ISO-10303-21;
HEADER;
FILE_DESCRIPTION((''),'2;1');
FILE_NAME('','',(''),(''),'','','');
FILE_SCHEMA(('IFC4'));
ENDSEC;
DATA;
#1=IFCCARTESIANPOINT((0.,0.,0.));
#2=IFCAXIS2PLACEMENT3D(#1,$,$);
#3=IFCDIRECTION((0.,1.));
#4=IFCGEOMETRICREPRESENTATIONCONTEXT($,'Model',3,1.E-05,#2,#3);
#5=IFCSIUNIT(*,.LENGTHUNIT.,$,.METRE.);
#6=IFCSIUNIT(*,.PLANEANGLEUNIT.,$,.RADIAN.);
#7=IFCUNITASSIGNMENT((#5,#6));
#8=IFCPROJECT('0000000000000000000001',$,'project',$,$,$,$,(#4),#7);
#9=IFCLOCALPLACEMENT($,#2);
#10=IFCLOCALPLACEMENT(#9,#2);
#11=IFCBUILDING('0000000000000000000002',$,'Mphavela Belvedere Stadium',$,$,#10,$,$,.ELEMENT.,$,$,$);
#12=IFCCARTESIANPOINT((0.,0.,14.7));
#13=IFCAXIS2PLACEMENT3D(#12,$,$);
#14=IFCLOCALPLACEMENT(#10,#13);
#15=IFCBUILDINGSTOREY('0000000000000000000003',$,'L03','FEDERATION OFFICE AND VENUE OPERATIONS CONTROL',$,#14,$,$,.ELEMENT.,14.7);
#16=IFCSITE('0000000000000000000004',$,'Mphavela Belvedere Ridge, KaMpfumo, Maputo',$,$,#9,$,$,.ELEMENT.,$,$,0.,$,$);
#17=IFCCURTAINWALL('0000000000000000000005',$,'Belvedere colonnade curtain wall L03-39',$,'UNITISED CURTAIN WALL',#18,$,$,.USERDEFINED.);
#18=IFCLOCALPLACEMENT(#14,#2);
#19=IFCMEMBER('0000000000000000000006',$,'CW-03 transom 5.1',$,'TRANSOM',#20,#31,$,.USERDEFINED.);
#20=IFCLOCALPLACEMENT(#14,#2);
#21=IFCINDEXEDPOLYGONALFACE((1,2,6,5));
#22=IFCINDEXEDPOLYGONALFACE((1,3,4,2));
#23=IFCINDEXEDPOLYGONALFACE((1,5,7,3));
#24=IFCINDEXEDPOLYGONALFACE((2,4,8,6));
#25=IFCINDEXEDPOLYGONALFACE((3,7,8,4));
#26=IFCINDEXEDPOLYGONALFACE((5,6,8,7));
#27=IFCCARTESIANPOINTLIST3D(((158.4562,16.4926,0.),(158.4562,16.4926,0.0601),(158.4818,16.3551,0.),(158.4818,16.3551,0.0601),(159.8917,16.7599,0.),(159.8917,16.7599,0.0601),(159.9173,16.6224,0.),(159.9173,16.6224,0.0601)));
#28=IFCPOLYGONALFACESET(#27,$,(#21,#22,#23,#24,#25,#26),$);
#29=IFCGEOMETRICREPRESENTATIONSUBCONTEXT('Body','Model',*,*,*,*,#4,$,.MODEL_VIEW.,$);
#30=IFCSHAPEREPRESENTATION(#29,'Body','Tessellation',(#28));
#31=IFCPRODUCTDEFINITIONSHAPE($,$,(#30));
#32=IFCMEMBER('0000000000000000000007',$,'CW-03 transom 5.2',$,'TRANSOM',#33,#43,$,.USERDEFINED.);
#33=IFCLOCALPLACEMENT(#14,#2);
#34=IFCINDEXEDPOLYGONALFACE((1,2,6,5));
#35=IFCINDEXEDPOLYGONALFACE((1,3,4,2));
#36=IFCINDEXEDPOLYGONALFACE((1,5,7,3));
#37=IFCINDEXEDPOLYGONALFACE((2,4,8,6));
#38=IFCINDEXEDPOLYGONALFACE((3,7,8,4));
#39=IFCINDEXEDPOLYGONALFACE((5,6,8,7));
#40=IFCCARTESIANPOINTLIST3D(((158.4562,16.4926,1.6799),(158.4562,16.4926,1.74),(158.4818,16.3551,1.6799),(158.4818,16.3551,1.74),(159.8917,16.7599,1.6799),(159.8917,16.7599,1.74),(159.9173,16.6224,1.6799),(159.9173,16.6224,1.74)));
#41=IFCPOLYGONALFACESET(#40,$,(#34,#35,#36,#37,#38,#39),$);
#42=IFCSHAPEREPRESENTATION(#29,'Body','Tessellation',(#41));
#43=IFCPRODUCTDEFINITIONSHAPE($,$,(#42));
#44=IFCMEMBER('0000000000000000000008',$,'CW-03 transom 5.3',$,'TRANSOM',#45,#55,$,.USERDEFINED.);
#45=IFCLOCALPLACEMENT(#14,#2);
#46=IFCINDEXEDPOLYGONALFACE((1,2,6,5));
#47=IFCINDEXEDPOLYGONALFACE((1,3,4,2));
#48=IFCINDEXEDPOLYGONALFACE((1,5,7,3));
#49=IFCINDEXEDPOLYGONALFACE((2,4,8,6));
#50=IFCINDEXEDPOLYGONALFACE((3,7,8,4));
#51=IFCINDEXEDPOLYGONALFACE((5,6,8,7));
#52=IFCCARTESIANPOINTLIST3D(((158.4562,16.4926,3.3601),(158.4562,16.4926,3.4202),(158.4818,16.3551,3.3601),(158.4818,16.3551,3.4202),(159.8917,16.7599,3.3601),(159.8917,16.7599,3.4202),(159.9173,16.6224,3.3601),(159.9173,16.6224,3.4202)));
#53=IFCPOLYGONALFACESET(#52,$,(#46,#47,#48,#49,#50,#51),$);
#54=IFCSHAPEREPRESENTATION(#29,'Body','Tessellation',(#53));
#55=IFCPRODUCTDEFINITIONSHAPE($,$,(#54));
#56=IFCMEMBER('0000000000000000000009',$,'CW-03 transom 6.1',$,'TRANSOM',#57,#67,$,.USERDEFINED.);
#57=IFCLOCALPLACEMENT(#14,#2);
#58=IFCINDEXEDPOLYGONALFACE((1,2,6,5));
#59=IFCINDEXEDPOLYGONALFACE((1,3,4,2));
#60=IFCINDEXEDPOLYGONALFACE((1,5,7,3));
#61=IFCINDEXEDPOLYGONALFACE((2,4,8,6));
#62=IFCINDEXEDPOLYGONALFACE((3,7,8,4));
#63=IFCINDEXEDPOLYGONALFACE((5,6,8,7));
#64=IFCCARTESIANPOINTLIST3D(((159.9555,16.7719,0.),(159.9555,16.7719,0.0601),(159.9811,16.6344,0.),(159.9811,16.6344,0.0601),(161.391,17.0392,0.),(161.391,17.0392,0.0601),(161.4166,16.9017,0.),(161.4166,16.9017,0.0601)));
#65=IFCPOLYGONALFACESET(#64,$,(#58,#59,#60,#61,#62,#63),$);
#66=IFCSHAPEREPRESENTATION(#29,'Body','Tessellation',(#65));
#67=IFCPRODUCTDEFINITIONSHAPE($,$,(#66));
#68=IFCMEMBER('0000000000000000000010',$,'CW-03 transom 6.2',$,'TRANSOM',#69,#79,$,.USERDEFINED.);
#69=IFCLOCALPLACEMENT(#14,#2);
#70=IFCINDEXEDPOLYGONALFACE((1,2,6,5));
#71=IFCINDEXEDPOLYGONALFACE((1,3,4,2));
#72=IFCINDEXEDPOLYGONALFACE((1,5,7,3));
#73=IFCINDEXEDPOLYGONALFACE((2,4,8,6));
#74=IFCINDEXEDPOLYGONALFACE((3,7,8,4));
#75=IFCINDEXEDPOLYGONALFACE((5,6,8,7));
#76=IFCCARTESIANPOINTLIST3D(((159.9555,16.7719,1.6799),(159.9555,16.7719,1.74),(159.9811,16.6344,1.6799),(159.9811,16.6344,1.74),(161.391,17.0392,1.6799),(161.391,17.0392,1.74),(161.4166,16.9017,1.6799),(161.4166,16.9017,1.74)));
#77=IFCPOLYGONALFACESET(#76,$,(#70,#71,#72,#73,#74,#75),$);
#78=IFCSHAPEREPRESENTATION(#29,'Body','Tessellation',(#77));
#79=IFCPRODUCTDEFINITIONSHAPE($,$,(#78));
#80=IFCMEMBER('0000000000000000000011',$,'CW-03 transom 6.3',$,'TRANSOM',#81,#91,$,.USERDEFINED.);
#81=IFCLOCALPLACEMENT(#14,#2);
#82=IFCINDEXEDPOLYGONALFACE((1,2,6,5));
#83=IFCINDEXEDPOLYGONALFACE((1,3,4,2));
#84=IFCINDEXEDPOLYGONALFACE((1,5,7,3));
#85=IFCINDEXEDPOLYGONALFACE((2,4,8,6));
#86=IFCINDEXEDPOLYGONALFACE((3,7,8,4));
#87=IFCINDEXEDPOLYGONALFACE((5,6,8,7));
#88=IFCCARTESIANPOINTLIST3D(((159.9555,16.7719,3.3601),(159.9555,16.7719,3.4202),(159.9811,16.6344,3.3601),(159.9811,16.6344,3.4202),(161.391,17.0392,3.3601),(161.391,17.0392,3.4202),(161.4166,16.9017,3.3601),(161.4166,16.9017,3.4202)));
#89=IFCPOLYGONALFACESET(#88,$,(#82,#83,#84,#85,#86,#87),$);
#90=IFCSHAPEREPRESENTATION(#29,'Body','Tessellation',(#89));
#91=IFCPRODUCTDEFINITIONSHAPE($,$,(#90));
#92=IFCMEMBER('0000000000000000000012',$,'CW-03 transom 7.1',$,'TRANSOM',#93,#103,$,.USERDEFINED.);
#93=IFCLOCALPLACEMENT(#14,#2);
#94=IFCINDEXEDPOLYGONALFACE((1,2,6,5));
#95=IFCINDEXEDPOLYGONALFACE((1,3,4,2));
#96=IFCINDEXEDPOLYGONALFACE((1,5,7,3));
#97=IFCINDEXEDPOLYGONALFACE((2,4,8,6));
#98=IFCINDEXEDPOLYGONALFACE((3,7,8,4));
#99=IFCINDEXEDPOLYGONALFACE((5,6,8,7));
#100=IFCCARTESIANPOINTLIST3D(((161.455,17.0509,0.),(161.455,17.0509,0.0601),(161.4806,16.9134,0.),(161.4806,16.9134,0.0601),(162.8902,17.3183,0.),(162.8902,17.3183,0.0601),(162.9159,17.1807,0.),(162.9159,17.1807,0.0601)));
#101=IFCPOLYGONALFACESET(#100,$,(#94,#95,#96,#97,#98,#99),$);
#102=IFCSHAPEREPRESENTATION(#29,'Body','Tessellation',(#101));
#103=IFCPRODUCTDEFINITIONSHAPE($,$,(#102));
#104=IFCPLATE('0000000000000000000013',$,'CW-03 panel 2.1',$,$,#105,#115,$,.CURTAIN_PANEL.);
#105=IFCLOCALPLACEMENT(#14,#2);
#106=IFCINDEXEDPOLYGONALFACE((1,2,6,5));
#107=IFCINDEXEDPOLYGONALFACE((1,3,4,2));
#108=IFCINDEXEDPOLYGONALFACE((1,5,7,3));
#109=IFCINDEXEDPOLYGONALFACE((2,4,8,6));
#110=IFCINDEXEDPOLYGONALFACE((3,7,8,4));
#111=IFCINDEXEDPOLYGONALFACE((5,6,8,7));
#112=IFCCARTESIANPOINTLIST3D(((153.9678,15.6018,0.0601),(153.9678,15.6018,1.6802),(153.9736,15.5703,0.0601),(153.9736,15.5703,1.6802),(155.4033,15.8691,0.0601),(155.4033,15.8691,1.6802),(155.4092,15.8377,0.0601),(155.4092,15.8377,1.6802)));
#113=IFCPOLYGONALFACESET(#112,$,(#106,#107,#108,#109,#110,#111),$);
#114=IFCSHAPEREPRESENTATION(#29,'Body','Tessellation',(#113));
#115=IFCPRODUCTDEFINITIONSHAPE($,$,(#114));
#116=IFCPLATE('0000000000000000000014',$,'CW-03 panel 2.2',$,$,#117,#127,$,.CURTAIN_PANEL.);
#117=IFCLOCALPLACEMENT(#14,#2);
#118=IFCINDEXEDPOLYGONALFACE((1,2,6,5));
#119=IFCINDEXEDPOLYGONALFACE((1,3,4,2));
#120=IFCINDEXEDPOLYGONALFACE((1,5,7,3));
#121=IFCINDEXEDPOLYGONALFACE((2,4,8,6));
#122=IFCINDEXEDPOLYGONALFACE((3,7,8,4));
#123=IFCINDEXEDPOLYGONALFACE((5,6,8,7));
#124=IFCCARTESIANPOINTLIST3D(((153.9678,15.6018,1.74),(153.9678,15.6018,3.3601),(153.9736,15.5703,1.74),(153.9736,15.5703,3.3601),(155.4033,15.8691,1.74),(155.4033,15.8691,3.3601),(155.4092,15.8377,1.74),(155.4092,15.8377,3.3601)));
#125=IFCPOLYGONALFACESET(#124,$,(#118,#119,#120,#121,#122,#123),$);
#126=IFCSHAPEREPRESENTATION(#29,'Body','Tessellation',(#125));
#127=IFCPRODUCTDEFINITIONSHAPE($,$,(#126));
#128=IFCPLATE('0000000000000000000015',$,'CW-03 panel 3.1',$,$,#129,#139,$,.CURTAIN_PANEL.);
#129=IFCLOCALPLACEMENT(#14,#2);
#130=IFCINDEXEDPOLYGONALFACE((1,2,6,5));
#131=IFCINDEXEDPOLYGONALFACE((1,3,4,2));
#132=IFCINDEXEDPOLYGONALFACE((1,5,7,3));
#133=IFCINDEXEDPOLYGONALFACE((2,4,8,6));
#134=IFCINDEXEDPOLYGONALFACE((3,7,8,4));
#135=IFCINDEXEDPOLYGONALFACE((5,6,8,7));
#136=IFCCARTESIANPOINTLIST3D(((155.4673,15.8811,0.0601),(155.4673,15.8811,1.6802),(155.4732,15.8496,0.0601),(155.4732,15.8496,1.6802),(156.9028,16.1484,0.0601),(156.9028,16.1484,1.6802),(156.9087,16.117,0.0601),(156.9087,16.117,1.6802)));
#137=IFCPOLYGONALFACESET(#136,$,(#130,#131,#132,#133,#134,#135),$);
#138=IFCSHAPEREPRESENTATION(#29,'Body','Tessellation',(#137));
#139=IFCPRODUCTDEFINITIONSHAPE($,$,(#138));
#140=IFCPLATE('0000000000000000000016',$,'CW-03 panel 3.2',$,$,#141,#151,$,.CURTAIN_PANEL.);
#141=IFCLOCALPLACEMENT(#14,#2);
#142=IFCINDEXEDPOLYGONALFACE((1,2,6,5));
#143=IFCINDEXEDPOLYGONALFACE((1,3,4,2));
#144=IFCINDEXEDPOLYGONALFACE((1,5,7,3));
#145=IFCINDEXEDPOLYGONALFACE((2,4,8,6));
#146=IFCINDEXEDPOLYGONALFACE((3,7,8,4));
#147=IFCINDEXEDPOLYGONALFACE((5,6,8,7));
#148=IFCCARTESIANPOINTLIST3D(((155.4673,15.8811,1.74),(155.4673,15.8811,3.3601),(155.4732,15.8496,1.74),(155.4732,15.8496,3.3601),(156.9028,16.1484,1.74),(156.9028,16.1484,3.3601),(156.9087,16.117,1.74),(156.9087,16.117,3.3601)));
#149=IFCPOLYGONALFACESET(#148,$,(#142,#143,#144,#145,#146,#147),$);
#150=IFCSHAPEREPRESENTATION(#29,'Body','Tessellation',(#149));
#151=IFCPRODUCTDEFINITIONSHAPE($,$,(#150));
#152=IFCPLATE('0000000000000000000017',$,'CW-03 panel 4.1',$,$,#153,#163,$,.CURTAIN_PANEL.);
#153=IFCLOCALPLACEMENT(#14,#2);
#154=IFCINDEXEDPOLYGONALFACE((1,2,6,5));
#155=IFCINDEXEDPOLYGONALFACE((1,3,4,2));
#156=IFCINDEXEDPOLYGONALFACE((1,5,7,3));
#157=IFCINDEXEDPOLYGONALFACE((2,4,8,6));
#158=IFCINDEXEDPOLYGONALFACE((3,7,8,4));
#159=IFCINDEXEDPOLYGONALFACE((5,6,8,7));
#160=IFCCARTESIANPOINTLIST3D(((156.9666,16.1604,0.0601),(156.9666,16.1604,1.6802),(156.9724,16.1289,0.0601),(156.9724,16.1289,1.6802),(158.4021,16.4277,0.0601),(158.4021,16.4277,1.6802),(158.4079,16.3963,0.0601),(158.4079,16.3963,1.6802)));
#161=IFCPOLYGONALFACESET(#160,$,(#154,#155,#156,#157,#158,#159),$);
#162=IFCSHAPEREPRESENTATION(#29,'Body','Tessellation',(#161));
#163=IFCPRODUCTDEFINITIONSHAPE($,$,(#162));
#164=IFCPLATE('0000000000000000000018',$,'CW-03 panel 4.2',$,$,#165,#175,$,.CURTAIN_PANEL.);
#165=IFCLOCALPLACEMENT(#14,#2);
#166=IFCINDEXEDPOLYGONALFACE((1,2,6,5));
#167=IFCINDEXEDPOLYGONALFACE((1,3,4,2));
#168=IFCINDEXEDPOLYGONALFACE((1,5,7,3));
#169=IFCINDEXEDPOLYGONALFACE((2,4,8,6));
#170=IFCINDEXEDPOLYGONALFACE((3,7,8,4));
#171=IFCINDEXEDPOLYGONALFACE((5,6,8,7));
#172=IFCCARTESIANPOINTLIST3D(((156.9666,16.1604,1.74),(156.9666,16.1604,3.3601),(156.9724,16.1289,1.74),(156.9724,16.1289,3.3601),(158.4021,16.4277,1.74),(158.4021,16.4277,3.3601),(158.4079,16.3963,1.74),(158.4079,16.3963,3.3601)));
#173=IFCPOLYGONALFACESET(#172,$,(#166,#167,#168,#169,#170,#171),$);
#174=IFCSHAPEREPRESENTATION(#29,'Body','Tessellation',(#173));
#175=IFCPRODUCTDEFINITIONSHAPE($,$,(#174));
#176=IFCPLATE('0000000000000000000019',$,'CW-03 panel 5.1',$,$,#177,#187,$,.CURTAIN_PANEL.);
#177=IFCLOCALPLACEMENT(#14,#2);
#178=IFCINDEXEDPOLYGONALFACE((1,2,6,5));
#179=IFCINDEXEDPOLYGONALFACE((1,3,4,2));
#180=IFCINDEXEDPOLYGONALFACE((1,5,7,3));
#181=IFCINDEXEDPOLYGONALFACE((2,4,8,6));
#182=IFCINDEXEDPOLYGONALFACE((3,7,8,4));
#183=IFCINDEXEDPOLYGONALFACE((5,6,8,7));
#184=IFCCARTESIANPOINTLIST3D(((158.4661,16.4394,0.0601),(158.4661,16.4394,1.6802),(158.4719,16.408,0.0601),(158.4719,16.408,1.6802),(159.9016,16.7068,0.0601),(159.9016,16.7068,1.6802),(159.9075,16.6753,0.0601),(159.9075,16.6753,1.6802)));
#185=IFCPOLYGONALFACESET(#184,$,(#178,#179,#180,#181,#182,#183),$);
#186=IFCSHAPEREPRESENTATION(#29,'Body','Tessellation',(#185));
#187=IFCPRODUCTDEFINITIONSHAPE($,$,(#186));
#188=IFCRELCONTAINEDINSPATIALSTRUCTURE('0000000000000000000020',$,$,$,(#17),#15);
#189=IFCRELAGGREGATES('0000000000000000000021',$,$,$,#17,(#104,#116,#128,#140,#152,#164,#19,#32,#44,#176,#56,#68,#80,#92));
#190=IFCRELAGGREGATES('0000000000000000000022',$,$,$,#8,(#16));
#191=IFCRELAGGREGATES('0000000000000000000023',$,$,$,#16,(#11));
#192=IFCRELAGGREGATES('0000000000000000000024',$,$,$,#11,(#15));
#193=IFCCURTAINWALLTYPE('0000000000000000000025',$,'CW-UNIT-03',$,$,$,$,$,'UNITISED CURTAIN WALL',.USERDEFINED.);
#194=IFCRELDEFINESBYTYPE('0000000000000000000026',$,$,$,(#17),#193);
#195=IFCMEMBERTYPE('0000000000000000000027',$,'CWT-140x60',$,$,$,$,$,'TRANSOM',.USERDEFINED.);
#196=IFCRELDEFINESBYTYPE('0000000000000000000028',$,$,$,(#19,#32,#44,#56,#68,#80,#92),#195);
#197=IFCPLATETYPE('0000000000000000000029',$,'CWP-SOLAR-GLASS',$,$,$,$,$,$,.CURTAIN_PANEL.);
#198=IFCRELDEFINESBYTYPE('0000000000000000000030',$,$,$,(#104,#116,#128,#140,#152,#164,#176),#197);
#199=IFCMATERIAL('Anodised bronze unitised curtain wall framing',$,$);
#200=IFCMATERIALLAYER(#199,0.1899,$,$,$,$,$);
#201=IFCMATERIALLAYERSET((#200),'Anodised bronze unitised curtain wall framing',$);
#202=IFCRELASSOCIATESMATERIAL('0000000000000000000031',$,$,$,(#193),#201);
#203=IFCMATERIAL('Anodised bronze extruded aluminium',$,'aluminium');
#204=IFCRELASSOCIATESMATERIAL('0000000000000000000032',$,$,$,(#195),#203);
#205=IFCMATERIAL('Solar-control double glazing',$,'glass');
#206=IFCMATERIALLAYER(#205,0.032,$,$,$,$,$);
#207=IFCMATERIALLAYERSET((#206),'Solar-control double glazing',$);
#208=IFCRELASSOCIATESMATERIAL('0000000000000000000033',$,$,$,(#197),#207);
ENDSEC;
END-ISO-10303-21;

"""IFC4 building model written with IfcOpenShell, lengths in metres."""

from ifc_helpers import new_model, si_unit, direction, frame, origin, origin_2d, place, context, subcontext, project, spatial, rectangle, extrude, material, layer, layer_set, material_profile, profile_set, type_object, element, aggregate, save


model = new_model("IFC4")

# Units and contexts
model_context = context("Model", 3, precision=1e-05, world=origin(), true_north=direction((0.0, 1.0)))
body_context = subcontext(model_context, "Body", "Model", "MODEL_VIEW")
ifc_project = project(units=[si_unit("LENGTHUNIT", "METRE"), si_unit("PLANEANGLEUNIT", "RADIAN")], contexts=[model_context])

# Site, building, storey
site_placement = place(None, origin())
site = spatial("IfcSite", under=ifc_project, at=site_placement, Name="Mphavela Belvedere Ridge, KaMpfumo, Maputo", CompositionType="ELEMENT", RefElevation=0.0)
building_placement = place(site_placement, origin())
building = spatial("IfcBuilding", under=site, at=building_placement, Name="Mphavela Belvedere Stadium", CompositionType="ELEMENT")
storey_placement = place(building_placement, frame((0.0, 0.0, 14.7)))
storey = spatial("IfcBuildingStorey", under=building, at=storey_placement, Name="L03", Description="FEDERATION OFFICE AND VENUE OPERATIONS CONTROL", CompositionType="ELEMENT", Elevation=14.7)

# Curtain wall, members, plates
ifc_material_1 = material(Name="Anodised bronze unitised curtain wall framing")
ifc_layer_1 = layer(ifc_material_1, 0.1899)
ifc_layer_set_1 = layer_set([ifc_layer_1], Name="Anodised bronze unitised curtain wall framing")
curtain_wall_type = type_object("IfcCurtainWallType", Name="CW-UNIT-03", ElementType="UNITISED CURTAIN WALL", PredefinedType="USERDEFINED", material=ifc_layer_set_1)
curtain_wall_placement = place(storey_placement, origin())
curtain_wall = element("IfcCurtainWall", 1, at=curtain_wall_placement, inside=storey, type_object=curtain_wall_type, Name="Belvedere colonnade curtain wall L03-39", ObjectType="UNITISED CURTAIN WALL", PredefinedType="USERDEFINED")
ifc_material_2 = material(Name="Anodised bronze extruded aluminium", Category="aluminium")
ifc_material_profile_1 = material_profile(ifc_material_2, rectangle(XDim=0.1399, YDim=0.0601, at=origin_2d()), Name="CW-TRN 140x60")
ifc_profile_set_1 = profile_set([ifc_material_profile_1], Name="Anodised bronze extruded aluminium")
member_type_1 = type_object("IfcMemberType", Name="CWT-140x60", ElementType="TRANSOM", PredefinedType="USERDEFINED", material=ifc_profile_set_1)
member_1_placement = place(storey_placement, frame((158.469, 16.4238, 0.03), z_axis=(0.983099, 0.183077, 0.0), x_axis=(-0.183077, 0.983099, 0.0)))
member_1 = element("IfcMember", 2, at=member_1_placement, type_object=member_type_1, Name="CW-03 transom 5.1", ObjectType="TRANSOM", PredefinedType="USERDEFINED", context=body_context, shape_type="SweptSolid", body=[
    extrude(rectangle(XDim=0.1399, YDim=0.0601, at=origin_2d()), origin(), (0.0, 0.0, 1.0), 1.4602),
])
member_2_placement = place(storey_placement, frame((158.469, 16.4238, 1.71), z_axis=(0.983099, 0.183077, 0.0), x_axis=(-0.183077, 0.983099, 0.0)))
member_2 = element("IfcMember", 3, at=member_2_placement, type_object=member_type_1, Name="CW-03 transom 5.2", ObjectType="TRANSOM", PredefinedType="USERDEFINED", context=body_context, shape_type="SweptSolid", body=[
    extrude(rectangle(XDim=0.1399, YDim=0.0601, at=origin_2d()), origin(), (0.0, 0.0, 1.0), 1.4602),
])
member_3_placement = place(storey_placement, frame((158.469, 16.4238, 3.3901), z_axis=(0.983099, 0.183077, 0.0), x_axis=(-0.183077, 0.983099, 0.0)))
member_3 = element("IfcMember", 4, at=member_3_placement, type_object=member_type_1, Name="CW-03 transom 5.3", ObjectType="TRANSOM", PredefinedType="USERDEFINED", context=body_context, shape_type="SweptSolid", body=[
    extrude(rectangle(XDim=0.1399, YDim=0.0601, at=origin_2d()), origin(), (0.0, 0.0, 1.0), 1.4602),
])
member_4_placement = place(storey_placement, frame((159.9683, 16.7031, 0.03), z_axis=(0.983099, 0.183077, 0.0), x_axis=(-0.183077, 0.983099, 0.0)))
member_4 = element("IfcMember", 5, at=member_4_placement, type_object=member_type_1, Name="CW-03 transom 6.1", ObjectType="TRANSOM", PredefinedType="USERDEFINED", context=body_context, shape_type="SweptSolid", body=[
    extrude(rectangle(XDim=0.1399, YDim=0.0601, at=origin_2d()), origin(), (0.0, 0.0, 1.0), 1.4602),
])
member_5_placement = place(storey_placement, frame((159.9683, 16.7031, 1.71), z_axis=(0.983099, 0.183077, 0.0), x_axis=(-0.183077, 0.983099, 0.0)))
member_5 = element("IfcMember", 6, at=member_5_placement, type_object=member_type_1, Name="CW-03 transom 6.2", ObjectType="TRANSOM", PredefinedType="USERDEFINED", context=body_context, shape_type="SweptSolid", body=[
    extrude(rectangle(XDim=0.1399, YDim=0.0601, at=origin_2d()), origin(), (0.0, 0.0, 1.0), 1.4602),
])
member_6_placement = place(storey_placement, frame((159.9683, 16.7031, 3.3901), z_axis=(0.983099, 0.183077, 0.0), x_axis=(-0.183077, 0.983099, 0.0)))
member_6 = element("IfcMember", 7, at=member_6_placement, type_object=member_type_1, Name="CW-03 transom 6.3", ObjectType="TRANSOM", PredefinedType="USERDEFINED", context=body_context, shape_type="SweptSolid", body=[
    extrude(rectangle(XDim=0.1399, YDim=0.0601, at=origin_2d()), origin(), (0.0, 0.0, 1.0), 1.4602),
])
member_7_placement = place(storey_placement, frame((161.4678, 16.9822, 0.03), z_axis=(0.983093, 0.183107, 0.0), x_axis=(-0.183107, 0.983093, 0.0)))
member_7 = element("IfcMember", 8, at=member_7_placement, type_object=member_type_1, Name="CW-03 transom 7.1", ObjectType="TRANSOM", PredefinedType="USERDEFINED", context=body_context, shape_type="SweptSolid", body=[
    extrude(rectangle(XDim=0.1399, YDim=0.0601, at=origin_2d()), origin(), (0.0, 0.0, 1.0), 1.46),
])
ifc_material_3 = material(Name="Solar-control double glazing", Category="glass")
ifc_layer_2 = layer(ifc_material_3, 0.032)
ifc_layer_set_2 = layer_set([ifc_layer_2], Name="Solar-control double glazing")
plate_type = type_object("IfcPlateType", Name="CWP-SOLAR-GLASS", PredefinedType="CURTAIN_PANEL", material=ifc_layer_set_2)
plate_1_placement = place(storey_placement, frame((154.6885, 15.7197, 0.0601), z_axis=(0.0, 0.0, 1.0), x_axis=(0.983097, 0.183088, 0.0)))
plate_1 = element("IfcPlate", 9, at=plate_1_placement, type_object=plate_type, Name="CW-03 panel 2.1", PredefinedType="CURTAIN_PANEL", context=body_context, shape_type="SweptSolid", body=[
    extrude(rectangle(XDim=1.4602, YDim=0.032, at=origin_2d()), origin(), (0.0, 0.0, 1.0), 1.6201),
])
plate_2_placement = place(storey_placement, frame((154.6885, 15.7197, 1.74), z_axis=(0.0, 0.0, 1.0), x_axis=(0.983097, 0.183088, 0.0)))
plate_2 = element("IfcPlate", 10, at=plate_2_placement, type_object=plate_type, Name="CW-03 panel 2.2", PredefinedType="CURTAIN_PANEL", context=body_context, shape_type="SweptSolid", body=[
    extrude(rectangle(XDim=1.4602, YDim=0.032, at=origin_2d()), origin(), (0.0, 0.0, 1.0), 1.6201),
])
plate_3_placement = place(storey_placement, frame((156.188, 15.999, 0.0601), z_axis=(0.0, 0.0, 1.0), x_axis=(0.983097, 0.183088, 0.0)))
plate_3 = element("IfcPlate", 11, at=plate_3_placement, type_object=plate_type, Name="CW-03 panel 3.1", PredefinedType="CURTAIN_PANEL", context=body_context, shape_type="SweptSolid", body=[
    extrude(rectangle(XDim=1.4602, YDim=0.032, at=origin_2d()), origin(), (0.0, 0.0, 1.0), 1.6201),
])
plate_4_placement = place(storey_placement, frame((156.188, 15.999, 1.74), z_axis=(0.0, 0.0, 1.0), x_axis=(0.983097, 0.183088, 0.0)))
plate_4 = element("IfcPlate", 12, at=plate_4_placement, type_object=plate_type, Name="CW-03 panel 3.2", PredefinedType="CURTAIN_PANEL", context=body_context, shape_type="SweptSolid", body=[
    extrude(rectangle(XDim=1.4602, YDim=0.032, at=origin_2d()), origin(), (0.0, 0.0, 1.0), 1.6201),
])
plate_5_placement = place(storey_placement, frame((157.6873, 16.2783, 0.0601), z_axis=(0.0, 0.0, 1.0), x_axis=(0.983097, 0.183088, 0.0)))
plate_5 = element("IfcPlate", 13, at=plate_5_placement, type_object=plate_type, Name="CW-03 panel 4.1", PredefinedType="CURTAIN_PANEL", context=body_context, shape_type="SweptSolid", body=[
    extrude(rectangle(XDim=1.4602, YDim=0.032, at=origin_2d()), origin(), (0.0, 0.0, 1.0), 1.6201),
])
plate_6_placement = place(storey_placement, frame((157.6873, 16.2783, 1.74), z_axis=(0.0, 0.0, 1.0), x_axis=(0.983097, 0.183088, 0.0)))
plate_6 = element("IfcPlate", 14, at=plate_6_placement, type_object=plate_type, Name="CW-03 panel 4.2", PredefinedType="CURTAIN_PANEL", context=body_context, shape_type="SweptSolid", body=[
    extrude(rectangle(XDim=1.4602, YDim=0.032, at=origin_2d()), origin(), (0.0, 0.0, 1.0), 1.6201),
])
plate_7_placement = place(storey_placement, frame((159.1868, 16.5574, 0.0601), z_axis=(0.0, 0.0, 1.0), x_axis=(0.983097, 0.183088, 0.0)))
plate_7 = element("IfcPlate", 15, at=plate_7_placement, type_object=plate_type, Name="CW-03 panel 5.1", PredefinedType="CURTAIN_PANEL", context=body_context, shape_type="SweptSolid", body=[
    extrude(rectangle(XDim=1.4602, YDim=0.032, at=origin_2d()), origin(), (0.0, 0.0, 1.0), 1.6201),
])
aggregate(curtain_wall, [plate_1, plate_2, plate_3, plate_4, plate_5, plate_6, member_1, member_2, member_3, plate_7, member_4, member_5, member_6, member_7])

save(model, "model.ifc")
